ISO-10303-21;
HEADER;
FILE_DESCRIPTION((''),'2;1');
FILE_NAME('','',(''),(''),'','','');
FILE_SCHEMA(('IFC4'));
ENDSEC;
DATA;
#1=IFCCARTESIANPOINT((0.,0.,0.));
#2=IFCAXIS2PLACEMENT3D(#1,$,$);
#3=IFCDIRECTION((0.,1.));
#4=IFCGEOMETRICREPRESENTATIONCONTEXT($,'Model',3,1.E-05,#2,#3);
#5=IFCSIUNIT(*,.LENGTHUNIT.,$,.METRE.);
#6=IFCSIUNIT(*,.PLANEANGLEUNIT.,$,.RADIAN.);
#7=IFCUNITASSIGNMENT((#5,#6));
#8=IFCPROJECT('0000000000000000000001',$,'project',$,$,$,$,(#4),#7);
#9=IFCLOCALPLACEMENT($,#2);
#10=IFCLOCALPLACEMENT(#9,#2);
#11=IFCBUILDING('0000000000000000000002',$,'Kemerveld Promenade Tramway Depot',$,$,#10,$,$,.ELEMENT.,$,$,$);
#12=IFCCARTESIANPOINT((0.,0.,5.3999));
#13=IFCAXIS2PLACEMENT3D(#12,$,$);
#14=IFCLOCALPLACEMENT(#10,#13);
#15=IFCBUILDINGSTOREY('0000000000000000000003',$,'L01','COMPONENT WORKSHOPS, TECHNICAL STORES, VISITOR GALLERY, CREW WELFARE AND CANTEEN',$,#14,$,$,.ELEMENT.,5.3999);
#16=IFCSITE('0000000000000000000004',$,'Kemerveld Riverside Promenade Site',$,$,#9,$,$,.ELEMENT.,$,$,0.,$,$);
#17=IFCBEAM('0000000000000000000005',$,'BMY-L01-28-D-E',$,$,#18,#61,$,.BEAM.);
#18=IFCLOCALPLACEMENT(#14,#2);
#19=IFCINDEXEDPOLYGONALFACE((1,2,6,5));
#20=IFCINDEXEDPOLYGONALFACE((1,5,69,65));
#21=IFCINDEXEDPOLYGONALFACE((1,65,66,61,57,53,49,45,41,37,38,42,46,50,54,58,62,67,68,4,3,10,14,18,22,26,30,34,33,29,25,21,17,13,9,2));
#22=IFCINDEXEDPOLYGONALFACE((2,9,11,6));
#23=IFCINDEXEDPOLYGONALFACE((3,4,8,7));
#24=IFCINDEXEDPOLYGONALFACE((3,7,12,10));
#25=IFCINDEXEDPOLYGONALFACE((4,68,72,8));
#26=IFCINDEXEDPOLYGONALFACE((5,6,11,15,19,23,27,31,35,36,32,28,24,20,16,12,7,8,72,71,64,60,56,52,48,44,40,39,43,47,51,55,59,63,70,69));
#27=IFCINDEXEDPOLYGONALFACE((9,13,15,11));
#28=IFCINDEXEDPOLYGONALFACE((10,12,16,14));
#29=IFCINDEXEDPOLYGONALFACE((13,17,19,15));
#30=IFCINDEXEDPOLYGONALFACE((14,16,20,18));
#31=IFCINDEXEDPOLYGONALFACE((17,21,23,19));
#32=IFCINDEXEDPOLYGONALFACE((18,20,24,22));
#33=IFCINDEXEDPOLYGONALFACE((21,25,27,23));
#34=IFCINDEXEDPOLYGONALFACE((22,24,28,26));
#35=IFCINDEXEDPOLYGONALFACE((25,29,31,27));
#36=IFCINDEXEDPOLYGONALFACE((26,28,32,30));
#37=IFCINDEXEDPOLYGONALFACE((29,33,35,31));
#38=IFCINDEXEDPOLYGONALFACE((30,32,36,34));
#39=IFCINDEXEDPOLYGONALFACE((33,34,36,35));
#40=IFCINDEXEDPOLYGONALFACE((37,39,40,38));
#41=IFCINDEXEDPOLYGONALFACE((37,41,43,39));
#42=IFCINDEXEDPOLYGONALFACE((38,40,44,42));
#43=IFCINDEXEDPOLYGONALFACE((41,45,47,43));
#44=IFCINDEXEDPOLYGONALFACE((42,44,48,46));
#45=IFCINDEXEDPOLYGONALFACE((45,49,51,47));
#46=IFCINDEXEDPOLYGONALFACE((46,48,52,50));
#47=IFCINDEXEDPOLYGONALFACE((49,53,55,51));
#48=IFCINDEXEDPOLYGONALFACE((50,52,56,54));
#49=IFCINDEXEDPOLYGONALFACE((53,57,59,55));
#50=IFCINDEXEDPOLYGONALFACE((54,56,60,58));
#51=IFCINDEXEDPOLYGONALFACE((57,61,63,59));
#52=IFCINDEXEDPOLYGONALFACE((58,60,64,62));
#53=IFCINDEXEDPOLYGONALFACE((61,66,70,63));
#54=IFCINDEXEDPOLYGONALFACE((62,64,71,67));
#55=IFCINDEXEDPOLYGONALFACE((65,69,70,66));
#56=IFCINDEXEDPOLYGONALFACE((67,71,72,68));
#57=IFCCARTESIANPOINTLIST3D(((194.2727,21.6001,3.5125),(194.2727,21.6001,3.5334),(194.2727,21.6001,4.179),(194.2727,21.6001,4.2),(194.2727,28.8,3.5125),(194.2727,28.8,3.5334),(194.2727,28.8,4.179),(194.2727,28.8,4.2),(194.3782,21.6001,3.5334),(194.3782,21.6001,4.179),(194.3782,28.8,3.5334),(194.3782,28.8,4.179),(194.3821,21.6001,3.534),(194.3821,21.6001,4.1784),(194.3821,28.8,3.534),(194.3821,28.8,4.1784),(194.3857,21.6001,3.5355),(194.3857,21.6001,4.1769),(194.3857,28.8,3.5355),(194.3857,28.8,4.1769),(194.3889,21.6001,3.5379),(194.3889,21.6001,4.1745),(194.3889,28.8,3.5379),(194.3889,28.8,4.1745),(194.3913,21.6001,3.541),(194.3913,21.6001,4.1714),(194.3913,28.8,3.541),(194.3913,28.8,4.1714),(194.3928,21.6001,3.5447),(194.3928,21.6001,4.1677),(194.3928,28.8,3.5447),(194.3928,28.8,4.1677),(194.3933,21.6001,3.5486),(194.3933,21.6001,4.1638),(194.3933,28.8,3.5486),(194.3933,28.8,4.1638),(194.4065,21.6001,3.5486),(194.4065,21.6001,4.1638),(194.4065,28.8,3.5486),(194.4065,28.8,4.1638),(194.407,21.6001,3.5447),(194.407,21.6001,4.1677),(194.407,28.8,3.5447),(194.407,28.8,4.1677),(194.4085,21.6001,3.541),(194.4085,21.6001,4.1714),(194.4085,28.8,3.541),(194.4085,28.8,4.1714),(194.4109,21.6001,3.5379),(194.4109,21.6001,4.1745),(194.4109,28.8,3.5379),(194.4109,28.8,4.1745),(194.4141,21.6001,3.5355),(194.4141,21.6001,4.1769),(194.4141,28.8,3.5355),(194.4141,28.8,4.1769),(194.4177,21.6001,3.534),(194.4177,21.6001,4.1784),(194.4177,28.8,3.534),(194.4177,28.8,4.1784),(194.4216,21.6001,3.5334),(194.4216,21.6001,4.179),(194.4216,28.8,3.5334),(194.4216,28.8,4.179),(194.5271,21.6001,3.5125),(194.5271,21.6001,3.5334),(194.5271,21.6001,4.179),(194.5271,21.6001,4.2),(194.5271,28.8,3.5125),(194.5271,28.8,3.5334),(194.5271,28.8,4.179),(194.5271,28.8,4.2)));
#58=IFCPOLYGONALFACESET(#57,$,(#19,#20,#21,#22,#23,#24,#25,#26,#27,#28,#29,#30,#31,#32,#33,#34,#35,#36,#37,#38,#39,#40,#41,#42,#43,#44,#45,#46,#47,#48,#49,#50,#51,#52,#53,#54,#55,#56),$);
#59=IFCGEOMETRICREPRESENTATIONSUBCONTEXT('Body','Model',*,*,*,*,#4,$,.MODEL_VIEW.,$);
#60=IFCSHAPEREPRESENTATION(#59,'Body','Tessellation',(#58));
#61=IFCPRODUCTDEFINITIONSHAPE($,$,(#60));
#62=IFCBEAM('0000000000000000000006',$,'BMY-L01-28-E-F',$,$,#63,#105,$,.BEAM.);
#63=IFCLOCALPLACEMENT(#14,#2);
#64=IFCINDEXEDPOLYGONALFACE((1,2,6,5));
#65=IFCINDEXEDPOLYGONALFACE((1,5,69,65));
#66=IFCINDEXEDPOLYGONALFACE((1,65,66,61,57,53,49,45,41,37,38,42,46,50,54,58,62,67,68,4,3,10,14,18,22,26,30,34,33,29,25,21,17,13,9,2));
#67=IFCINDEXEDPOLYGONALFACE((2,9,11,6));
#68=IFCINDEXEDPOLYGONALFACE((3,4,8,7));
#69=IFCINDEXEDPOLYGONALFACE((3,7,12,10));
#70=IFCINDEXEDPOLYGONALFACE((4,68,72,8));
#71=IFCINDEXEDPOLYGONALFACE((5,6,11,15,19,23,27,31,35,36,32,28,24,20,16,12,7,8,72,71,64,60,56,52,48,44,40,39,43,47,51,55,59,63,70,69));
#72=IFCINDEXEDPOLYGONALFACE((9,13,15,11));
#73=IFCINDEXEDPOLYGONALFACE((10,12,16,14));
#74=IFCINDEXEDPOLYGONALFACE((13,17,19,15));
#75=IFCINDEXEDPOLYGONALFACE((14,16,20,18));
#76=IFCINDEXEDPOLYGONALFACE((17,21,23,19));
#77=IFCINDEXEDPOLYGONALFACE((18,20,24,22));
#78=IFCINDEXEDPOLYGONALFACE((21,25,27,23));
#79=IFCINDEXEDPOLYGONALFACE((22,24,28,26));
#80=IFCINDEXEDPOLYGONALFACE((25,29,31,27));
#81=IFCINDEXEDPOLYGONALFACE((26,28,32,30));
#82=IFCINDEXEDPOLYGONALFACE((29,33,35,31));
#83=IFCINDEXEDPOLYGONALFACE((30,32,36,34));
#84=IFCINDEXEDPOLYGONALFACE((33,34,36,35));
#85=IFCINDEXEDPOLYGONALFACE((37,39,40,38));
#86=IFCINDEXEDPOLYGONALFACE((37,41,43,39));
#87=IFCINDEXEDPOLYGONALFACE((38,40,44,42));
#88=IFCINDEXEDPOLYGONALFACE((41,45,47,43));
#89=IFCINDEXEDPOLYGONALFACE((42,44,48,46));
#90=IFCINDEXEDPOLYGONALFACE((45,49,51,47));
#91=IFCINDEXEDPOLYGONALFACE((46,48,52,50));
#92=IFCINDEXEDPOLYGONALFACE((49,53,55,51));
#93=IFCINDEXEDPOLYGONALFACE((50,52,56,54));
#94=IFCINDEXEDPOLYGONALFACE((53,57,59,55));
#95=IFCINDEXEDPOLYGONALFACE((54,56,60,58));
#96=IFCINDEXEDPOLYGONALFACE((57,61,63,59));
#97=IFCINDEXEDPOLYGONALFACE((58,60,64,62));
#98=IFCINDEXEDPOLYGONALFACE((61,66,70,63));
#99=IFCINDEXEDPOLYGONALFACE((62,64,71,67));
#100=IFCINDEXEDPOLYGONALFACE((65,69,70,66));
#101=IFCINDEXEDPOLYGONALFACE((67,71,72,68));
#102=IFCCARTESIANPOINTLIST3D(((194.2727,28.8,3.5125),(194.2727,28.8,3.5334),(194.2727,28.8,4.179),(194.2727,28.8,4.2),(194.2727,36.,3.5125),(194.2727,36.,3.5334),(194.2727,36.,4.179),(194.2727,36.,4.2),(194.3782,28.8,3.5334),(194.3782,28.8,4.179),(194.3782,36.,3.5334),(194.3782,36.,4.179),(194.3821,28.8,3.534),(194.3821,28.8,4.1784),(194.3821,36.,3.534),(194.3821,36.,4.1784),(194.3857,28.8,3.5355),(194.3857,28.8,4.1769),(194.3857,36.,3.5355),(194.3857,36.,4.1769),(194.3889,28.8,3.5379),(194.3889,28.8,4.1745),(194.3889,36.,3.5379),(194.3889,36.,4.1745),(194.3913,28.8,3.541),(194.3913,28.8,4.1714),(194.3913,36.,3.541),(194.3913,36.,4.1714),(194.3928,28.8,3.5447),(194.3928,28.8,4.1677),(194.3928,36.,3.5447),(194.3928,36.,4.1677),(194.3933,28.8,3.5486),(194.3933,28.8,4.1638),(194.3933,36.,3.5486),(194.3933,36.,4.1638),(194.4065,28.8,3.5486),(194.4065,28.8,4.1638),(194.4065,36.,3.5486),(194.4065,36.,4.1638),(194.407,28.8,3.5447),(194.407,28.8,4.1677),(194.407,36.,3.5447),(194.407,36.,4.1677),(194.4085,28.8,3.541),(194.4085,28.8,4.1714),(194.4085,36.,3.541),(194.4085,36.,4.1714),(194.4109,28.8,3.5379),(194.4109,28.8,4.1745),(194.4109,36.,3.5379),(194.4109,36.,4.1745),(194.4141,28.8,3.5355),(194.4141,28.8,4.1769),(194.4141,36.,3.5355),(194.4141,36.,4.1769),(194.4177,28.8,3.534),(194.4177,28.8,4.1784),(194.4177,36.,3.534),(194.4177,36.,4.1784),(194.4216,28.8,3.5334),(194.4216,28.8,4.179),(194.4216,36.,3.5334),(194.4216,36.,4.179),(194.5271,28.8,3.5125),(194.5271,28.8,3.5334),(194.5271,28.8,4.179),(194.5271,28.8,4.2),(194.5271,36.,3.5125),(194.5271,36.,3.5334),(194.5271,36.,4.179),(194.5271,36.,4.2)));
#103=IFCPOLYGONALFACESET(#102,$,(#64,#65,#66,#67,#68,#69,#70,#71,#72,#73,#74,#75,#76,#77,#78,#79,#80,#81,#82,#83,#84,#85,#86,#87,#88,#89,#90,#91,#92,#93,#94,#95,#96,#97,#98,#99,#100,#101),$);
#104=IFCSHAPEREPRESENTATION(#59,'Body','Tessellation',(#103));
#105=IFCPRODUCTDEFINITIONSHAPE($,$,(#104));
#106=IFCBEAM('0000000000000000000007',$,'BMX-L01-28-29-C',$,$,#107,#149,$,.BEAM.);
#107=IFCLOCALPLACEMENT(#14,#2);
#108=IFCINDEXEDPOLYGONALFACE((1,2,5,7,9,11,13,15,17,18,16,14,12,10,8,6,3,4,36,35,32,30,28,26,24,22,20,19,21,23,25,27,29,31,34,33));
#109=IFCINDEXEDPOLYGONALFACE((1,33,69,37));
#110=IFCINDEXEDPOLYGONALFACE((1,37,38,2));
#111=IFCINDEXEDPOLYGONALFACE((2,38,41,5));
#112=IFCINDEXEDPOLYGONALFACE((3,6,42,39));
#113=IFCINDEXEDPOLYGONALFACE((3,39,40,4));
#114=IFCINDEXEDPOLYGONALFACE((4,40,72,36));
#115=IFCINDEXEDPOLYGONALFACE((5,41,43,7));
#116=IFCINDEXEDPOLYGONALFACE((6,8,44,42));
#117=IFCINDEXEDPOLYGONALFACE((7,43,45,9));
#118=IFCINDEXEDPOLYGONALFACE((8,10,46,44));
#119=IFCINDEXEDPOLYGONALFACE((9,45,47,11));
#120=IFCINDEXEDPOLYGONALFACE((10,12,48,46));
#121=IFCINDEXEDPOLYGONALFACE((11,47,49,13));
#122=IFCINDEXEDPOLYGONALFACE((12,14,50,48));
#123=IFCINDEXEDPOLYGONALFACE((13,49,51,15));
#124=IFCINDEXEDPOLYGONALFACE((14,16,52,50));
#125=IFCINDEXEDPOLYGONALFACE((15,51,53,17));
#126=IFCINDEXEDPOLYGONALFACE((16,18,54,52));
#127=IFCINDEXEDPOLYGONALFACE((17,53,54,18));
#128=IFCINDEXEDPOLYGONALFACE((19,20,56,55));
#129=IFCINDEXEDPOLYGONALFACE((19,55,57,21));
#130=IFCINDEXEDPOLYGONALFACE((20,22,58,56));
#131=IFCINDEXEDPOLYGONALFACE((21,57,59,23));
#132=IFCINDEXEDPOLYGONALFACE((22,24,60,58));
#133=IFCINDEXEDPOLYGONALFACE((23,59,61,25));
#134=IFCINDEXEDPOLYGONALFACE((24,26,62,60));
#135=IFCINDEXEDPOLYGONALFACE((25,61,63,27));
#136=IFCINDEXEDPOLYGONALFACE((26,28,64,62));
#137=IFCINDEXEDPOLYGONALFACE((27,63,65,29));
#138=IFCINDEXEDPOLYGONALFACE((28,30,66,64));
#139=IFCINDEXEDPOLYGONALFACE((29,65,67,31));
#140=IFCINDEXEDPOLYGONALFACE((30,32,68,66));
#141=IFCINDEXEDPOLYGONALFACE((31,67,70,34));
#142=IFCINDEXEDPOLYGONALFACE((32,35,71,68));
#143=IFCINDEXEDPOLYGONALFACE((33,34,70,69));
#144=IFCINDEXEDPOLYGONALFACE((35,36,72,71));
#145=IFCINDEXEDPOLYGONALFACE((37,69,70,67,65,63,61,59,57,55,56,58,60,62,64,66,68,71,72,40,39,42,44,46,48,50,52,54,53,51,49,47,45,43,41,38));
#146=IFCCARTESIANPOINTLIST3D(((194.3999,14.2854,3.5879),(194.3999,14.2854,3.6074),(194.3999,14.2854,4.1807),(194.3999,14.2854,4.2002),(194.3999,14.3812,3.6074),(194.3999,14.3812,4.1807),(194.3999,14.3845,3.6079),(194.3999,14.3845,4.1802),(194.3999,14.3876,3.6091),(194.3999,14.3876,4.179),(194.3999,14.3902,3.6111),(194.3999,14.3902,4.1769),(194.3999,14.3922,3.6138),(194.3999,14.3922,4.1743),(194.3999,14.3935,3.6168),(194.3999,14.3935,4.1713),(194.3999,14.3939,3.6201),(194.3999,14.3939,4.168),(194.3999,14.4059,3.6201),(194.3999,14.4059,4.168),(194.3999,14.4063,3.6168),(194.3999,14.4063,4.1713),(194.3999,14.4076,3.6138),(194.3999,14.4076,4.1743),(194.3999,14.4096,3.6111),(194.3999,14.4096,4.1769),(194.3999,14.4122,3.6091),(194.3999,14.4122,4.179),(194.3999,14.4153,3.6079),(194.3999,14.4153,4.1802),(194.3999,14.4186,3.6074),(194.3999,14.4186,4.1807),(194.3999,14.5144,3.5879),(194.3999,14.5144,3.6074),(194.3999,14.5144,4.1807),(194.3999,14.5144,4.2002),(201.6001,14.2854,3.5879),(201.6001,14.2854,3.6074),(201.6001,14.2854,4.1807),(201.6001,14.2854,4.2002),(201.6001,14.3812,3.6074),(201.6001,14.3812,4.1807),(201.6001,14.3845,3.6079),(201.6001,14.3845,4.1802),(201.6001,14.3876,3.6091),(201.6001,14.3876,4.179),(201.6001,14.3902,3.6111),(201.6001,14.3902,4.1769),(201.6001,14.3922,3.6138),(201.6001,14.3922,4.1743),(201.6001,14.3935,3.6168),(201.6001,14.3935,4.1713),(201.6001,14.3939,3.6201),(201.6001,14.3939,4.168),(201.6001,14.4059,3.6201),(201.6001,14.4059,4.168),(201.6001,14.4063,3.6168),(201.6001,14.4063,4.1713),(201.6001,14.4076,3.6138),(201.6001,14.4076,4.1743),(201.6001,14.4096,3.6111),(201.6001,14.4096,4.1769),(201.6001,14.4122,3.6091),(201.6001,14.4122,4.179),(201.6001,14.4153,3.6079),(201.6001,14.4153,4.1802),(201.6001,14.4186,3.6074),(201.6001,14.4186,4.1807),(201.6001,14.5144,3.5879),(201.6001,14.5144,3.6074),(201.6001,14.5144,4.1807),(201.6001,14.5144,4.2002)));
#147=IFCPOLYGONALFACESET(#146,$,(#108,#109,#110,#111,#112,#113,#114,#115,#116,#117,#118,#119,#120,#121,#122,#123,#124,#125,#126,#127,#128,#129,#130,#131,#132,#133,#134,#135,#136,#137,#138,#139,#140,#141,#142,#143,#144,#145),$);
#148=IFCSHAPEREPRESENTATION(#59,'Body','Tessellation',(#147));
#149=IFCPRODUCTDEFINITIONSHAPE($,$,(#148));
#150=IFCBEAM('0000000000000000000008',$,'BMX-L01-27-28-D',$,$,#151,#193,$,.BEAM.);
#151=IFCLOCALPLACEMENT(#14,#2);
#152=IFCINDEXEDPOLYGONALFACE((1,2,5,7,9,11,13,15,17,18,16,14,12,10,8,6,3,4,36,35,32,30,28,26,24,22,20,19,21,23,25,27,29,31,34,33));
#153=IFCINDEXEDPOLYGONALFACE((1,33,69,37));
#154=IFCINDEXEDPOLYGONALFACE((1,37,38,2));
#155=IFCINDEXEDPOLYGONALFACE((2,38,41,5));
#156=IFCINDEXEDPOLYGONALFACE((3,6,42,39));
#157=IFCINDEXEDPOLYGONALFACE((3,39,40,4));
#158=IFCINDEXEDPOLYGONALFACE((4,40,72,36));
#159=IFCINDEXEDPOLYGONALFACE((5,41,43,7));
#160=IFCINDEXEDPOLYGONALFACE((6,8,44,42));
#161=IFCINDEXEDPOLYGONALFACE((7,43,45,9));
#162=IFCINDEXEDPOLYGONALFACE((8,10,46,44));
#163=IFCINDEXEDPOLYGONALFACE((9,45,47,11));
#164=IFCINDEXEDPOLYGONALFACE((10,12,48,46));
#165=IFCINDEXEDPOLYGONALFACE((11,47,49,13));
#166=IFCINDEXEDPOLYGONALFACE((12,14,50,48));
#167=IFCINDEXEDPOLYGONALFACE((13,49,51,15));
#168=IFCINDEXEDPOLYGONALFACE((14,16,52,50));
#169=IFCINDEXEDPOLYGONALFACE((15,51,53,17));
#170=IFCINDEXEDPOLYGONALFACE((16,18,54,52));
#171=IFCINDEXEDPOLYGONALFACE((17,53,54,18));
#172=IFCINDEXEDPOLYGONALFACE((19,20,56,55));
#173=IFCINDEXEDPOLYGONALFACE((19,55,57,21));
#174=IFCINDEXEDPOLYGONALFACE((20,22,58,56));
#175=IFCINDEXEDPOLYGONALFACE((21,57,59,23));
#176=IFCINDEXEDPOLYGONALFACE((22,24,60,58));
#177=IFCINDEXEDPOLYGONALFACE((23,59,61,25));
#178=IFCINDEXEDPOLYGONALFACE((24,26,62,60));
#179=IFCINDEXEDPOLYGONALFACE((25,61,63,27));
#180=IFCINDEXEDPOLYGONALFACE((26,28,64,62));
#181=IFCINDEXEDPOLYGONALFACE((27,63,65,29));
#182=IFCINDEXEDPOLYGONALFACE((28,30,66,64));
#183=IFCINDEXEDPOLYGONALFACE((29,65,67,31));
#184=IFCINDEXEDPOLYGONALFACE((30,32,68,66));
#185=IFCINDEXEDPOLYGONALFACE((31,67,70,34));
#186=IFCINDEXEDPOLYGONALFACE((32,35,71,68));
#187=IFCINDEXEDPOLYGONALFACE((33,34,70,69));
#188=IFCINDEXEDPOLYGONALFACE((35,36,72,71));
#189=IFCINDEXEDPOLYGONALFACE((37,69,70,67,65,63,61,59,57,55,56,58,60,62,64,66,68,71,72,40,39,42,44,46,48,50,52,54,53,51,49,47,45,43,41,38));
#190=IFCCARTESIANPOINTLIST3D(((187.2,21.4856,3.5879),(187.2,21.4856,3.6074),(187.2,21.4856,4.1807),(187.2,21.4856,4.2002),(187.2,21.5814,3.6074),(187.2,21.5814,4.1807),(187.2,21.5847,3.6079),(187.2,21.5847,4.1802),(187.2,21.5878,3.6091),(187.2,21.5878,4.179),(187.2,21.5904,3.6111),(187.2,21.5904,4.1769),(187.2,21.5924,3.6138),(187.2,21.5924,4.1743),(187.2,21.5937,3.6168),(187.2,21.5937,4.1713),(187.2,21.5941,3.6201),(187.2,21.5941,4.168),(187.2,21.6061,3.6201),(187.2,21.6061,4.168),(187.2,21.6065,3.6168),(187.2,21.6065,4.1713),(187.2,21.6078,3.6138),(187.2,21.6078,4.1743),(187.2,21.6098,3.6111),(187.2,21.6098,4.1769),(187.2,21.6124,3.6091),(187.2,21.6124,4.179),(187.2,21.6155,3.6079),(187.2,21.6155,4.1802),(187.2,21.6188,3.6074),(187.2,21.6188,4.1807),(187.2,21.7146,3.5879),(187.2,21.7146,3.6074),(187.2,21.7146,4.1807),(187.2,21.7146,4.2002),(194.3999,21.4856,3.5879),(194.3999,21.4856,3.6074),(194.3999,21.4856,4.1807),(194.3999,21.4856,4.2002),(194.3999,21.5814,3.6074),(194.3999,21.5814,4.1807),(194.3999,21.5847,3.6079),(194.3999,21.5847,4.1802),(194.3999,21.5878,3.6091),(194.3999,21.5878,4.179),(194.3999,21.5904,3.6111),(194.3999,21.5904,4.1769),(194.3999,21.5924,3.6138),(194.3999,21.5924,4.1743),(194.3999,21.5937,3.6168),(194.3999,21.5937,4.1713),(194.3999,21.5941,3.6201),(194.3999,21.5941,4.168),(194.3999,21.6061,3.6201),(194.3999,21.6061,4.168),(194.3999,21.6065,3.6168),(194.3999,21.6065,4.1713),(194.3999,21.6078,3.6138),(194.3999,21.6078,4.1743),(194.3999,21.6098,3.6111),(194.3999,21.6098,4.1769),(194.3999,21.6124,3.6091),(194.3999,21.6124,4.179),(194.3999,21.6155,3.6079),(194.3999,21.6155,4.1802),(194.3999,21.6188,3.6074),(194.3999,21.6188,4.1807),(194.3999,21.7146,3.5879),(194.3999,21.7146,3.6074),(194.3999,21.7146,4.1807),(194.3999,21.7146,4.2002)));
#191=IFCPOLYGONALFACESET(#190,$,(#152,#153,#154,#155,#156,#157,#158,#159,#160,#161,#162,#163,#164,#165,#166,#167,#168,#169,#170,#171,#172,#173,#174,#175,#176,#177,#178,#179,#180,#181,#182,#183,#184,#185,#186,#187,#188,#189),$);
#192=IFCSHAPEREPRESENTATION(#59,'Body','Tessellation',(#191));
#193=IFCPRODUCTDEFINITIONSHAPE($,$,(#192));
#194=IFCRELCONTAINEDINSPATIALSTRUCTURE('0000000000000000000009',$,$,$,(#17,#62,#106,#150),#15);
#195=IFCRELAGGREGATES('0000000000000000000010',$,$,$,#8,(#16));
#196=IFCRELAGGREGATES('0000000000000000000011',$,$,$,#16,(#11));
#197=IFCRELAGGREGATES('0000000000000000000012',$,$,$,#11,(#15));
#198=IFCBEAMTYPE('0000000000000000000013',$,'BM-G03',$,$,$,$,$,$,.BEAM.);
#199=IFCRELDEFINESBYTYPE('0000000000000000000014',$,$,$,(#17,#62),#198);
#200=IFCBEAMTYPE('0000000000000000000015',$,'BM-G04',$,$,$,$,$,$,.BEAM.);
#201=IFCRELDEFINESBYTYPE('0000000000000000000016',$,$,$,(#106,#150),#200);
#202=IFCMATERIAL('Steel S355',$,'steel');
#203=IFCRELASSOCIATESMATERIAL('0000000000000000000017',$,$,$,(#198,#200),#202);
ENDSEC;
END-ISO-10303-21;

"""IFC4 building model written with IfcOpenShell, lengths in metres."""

from ifc_helpers import new_model, si_unit, direction, frame, origin, origin_2d, place, context, subcontext, project, spatial, i_section, extrude, material, material_profile, profile_set, type_object, element, save


model = new_model("IFC4")

# Units and contexts
model_context = context("Model", 3, precision=1e-05, world=origin(), true_north=direction((0.0, 1.0)))
body_context = subcontext(model_context, "Body", "Model", "MODEL_VIEW")
ifc_project = project(units=[si_unit("LENGTHUNIT", "METRE"), si_unit("PLANEANGLEUNIT", "RADIAN")], contexts=[model_context])

# Site, building, storey
site_placement = place(None, origin())
site = spatial("IfcSite", under=ifc_project, at=site_placement, Name="Kemerveld Riverside Promenade Site", CompositionType="ELEMENT", RefElevation=0.0)
building_placement = place(site_placement, origin())
building = spatial("IfcBuilding", under=site, at=building_placement, Name="Kemerveld Promenade Tramway Depot", CompositionType="ELEMENT")
storey_placement = place(building_placement, frame((0.0, 0.0, 5.3999)))
storey = spatial("IfcBuildingStorey", under=building, at=storey_placement, Name="L01", Description="COMPONENT WORKSHOPS, TECHNICAL STORES, VISITOR GALLERY, CREW WELFARE AND CANTEEN", CompositionType="ELEMENT", Elevation=5.3999)

# Shared definitions
ifc_material_1 = material(Name="Steel S355", Category="steel")

# Beams
ifc_material_profile_1 = material_profile(ifc_material_1, i_section(OverallWidth=0.2544, OverallDepth=0.6875, WebThickness=0.0132, FlangeThickness=0.021, FilletRadius=0.0151, at=origin_2d()), Name="686x254x152 UB")
ifc_profile_set_1 = profile_set([ifc_material_profile_1], Name="Steel S355")
beam_type_1 = type_object("IfcBeamType", Name="BM-G03", PredefinedType="BEAM", material=ifc_profile_set_1)
for number, where, z_axis, x_axis, name in (
    (1, (194.3999, 21.6001, 3.8562), (0.0, 1.0, 0.0), (-1.0, 0.0, 0.0), "BMY-L01-28-D-E"),
    (2, (194.3999, 28.8, 3.8562), (0.0, 1.0, 0.0), (-1.0, 0.0, 0.0), "BMY-L01-28-E-F"),
):
    element("IfcBeam", number, at=place(storey_placement, frame(where, z_axis=z_axis, x_axis=x_axis)), inside=storey, type_object=beam_type_1, Name=name, PredefinedType="BEAM", context=body_context, shape_type="SweptSolid", body=[
        extrude(i_section(OverallWidth=0.2544, OverallDepth=0.6875, WebThickness=0.0132, FlangeThickness=0.021, FilletRadius=0.0151, at=origin_2d()), origin(), (0.0, 0.0, 1.0), 7.2),
    ])
ifc_material_profile_2 = material_profile(ifc_material_1, i_section(OverallWidth=0.229, OverallDepth=0.6123, WebThickness=0.012, FlangeThickness=0.0195, FilletRadius=0.0127, at=origin_2d()), Name="610x229x125 UB")
ifc_profile_set_2 = profile_set([ifc_material_profile_2], Name="Steel S355")
beam_type_2 = type_object("IfcBeamType", Name="BM-G04", PredefinedType="BEAM", material=ifc_profile_set_2)
beam_1_placement = place(storey_placement, frame((194.3999, 14.3999, 3.894), z_axis=(1.0, 0.0, 0.0), x_axis=(0.0, 1.0, 0.0)))
element("IfcBeam", 3, at=beam_1_placement, inside=storey, type_object=beam_type_2, Name="BMX-L01-28-29-C", PredefinedType="BEAM", context=body_context, shape_type="SweptSolid", body=[
    extrude(i_section(OverallWidth=0.229, OverallDepth=0.6123, WebThickness=0.012, FlangeThickness=0.0195, FilletRadius=0.0127, at=origin_2d()), origin(), (0.0, 0.0, 1.0), 7.2002),
])
beam_2_placement = place(storey_placement, frame((187.2, 21.6001, 3.894), z_axis=(1.0, 0.0, 0.0), x_axis=(0.0, 1.0, 0.0)))
element("IfcBeam", 4, at=beam_2_placement, inside=storey, type_object=beam_type_2, Name="BMX-L01-27-28-D", PredefinedType="BEAM", context=body_context, shape_type="SweptSolid", body=[
    extrude(i_section(OverallWidth=0.229, OverallDepth=0.6123, WebThickness=0.012, FlangeThickness=0.0195, FilletRadius=0.0127, at=origin_2d()), origin(), (0.0, 0.0, 1.0), 7.2),
])

save(model, "model.ifc")
